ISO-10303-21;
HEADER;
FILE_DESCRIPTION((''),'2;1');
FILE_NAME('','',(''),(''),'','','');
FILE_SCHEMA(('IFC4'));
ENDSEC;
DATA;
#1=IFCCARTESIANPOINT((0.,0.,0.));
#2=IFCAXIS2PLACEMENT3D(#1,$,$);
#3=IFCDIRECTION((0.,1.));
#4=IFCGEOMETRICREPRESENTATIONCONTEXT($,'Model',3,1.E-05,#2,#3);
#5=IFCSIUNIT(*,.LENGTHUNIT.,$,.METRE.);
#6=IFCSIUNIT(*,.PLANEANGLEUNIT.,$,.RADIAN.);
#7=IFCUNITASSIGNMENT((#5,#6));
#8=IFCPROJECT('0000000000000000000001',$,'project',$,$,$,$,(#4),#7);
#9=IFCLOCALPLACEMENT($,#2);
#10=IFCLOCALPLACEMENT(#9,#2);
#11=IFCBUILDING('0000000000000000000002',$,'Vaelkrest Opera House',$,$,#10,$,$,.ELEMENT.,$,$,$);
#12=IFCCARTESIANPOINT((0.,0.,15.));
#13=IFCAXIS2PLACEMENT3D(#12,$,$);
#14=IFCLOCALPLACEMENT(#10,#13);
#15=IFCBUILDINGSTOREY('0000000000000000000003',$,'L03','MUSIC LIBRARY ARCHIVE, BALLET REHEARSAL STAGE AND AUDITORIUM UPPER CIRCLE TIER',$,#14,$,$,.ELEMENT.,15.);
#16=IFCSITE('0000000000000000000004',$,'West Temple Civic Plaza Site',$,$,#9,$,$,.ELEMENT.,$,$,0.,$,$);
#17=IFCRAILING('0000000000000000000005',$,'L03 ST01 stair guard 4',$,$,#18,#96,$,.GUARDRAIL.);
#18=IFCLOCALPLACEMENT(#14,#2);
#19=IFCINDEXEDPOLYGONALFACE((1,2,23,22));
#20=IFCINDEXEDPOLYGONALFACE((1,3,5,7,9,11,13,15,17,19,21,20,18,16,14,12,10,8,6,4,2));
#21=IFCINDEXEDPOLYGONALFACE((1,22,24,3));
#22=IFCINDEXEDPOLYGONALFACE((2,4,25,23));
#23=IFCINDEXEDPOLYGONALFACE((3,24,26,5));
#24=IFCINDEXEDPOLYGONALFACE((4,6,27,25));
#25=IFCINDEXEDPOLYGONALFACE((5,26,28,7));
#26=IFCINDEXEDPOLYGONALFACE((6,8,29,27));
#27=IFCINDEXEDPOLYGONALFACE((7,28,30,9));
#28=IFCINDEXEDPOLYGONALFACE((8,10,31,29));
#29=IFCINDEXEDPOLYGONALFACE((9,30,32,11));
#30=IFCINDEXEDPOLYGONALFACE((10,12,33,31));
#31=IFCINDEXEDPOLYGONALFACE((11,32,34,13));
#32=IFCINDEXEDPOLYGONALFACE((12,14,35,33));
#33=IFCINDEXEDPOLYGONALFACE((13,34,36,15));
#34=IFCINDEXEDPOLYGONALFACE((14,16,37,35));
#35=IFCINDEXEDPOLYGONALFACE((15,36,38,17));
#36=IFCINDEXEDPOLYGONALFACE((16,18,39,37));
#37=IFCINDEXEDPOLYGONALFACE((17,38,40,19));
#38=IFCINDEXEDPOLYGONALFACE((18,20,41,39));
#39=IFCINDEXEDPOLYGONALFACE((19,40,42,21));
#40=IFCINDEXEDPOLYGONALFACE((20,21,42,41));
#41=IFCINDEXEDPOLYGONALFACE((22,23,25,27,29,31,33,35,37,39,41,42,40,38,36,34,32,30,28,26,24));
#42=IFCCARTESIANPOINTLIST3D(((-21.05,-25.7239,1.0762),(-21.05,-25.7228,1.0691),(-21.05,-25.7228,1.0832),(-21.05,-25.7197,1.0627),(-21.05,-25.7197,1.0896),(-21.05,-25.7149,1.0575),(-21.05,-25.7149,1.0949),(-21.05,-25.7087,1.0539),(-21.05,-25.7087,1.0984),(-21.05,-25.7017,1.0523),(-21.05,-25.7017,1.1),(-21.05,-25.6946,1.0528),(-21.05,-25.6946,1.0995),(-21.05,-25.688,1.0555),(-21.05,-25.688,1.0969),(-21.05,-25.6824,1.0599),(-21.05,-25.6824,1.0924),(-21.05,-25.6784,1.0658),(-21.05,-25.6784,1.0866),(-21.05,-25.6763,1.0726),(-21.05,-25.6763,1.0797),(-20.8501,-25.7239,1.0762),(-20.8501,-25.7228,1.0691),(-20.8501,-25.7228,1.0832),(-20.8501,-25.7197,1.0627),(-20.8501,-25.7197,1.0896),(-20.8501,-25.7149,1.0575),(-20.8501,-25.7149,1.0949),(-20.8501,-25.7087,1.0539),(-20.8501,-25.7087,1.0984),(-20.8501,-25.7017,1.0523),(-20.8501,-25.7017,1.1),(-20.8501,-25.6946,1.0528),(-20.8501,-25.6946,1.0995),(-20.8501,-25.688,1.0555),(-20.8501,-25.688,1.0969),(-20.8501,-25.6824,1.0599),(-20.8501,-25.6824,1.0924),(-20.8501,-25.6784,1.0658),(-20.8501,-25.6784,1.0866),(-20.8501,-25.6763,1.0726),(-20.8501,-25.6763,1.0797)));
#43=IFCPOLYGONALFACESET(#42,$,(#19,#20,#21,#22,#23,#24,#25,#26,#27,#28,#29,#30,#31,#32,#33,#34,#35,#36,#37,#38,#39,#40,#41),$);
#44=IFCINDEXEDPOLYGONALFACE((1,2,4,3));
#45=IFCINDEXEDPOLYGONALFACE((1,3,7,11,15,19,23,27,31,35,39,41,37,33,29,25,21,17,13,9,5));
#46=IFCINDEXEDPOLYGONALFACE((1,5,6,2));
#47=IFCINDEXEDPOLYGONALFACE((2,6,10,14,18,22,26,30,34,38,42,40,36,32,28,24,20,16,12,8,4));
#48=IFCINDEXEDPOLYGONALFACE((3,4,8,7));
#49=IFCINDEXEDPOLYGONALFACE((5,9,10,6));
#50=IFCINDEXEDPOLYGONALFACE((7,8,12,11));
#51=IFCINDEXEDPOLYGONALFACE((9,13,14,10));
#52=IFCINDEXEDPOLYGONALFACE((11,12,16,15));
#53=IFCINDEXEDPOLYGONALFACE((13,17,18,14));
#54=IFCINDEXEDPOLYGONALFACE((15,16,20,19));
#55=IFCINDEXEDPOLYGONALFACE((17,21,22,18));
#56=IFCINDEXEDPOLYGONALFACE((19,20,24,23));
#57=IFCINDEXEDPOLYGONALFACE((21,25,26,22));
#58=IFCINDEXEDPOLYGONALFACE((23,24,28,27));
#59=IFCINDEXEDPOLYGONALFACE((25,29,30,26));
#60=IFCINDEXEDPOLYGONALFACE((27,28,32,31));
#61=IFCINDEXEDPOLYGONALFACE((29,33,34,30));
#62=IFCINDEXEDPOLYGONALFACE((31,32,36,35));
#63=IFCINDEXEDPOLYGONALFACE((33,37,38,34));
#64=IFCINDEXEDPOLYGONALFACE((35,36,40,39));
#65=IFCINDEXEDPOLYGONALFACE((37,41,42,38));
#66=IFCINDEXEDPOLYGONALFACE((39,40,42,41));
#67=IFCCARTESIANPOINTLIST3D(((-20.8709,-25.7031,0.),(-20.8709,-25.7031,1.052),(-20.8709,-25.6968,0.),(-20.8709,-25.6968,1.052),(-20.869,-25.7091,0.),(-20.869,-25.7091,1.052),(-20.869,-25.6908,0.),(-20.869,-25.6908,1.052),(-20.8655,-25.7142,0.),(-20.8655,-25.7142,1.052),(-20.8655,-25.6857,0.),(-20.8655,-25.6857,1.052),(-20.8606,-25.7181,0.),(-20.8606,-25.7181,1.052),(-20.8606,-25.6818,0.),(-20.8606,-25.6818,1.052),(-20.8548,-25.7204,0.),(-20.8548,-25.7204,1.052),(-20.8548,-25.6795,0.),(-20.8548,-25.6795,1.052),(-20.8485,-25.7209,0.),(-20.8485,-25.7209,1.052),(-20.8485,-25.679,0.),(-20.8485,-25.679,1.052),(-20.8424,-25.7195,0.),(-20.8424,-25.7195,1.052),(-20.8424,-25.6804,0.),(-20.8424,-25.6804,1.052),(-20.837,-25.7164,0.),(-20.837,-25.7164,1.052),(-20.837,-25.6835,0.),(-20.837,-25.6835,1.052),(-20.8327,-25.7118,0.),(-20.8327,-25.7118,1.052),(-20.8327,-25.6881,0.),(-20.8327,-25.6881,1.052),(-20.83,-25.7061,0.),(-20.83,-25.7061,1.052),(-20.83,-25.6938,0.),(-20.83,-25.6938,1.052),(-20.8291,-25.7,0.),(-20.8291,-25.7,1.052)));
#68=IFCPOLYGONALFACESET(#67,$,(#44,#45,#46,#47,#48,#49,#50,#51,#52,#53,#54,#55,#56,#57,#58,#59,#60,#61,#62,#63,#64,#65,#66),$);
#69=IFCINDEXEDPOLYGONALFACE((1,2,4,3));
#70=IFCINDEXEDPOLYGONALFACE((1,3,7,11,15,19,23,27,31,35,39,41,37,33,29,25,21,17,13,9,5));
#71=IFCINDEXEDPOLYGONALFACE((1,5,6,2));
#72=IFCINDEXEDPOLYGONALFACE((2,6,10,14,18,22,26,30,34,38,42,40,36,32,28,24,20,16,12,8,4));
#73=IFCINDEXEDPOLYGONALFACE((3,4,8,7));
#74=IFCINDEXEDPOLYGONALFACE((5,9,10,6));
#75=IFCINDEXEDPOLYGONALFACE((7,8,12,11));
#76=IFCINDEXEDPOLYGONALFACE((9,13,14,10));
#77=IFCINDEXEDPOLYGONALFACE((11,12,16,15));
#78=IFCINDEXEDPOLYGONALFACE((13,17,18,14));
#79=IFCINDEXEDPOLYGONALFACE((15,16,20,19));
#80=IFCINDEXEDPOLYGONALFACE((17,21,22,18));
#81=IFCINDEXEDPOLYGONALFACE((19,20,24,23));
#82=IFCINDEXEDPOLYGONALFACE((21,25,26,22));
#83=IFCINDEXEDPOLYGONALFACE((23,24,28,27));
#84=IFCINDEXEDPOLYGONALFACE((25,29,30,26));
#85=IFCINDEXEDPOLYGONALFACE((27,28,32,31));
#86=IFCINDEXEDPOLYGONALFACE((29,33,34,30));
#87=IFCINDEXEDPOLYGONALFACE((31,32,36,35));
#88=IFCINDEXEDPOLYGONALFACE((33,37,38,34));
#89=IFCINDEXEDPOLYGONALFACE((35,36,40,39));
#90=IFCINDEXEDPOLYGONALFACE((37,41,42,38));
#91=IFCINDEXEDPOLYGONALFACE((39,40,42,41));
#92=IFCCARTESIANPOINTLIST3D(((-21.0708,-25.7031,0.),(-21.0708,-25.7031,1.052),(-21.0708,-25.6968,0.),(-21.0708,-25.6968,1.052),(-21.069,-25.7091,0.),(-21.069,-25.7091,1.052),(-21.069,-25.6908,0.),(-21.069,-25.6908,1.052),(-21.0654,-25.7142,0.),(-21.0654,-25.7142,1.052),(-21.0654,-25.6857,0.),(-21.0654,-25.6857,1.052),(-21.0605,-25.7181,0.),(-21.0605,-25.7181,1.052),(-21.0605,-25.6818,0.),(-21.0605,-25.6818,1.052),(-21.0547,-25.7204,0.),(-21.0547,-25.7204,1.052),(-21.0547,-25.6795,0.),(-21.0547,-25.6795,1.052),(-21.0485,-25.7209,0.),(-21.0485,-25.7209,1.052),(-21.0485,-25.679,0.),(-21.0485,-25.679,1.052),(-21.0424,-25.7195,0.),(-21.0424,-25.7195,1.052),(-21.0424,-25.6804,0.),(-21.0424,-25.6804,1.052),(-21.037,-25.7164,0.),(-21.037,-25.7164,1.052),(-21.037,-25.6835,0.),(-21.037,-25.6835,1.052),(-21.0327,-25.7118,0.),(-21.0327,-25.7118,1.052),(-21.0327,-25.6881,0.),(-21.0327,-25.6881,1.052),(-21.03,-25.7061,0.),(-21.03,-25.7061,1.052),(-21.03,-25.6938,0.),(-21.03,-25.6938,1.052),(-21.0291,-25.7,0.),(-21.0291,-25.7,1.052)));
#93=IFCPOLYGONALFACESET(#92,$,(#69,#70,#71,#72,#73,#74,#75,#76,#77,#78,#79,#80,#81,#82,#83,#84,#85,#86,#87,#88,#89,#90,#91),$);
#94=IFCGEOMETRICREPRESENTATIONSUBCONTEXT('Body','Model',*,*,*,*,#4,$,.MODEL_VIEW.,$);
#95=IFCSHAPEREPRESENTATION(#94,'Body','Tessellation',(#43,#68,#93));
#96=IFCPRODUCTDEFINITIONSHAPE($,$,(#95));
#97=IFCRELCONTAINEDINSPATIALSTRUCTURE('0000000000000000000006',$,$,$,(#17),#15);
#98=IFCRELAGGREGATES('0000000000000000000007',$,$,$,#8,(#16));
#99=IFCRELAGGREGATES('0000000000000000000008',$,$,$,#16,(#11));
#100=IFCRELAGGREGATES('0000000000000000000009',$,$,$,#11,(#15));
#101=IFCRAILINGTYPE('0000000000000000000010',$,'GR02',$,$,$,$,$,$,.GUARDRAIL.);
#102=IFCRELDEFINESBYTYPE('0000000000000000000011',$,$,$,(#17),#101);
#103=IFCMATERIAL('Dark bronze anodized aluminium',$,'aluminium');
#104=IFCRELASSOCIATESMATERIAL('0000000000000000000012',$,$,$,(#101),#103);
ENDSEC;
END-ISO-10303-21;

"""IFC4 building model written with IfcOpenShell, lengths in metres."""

from ifc_helpers import new_model, si_unit, direction, frame, origin, origin_2d, place, context, subcontext, project, spatial, circle, extrude, material, type_object, element, save


model = new_model("IFC4")

# Units and contexts
model_context = context("Model", 3, precision=1e-05, world=origin(), true_north=direction((0.0, 1.0)))
body_context = subcontext(model_context, "Body", "Model", "MODEL_VIEW")
ifc_project = project(units=[si_unit("LENGTHUNIT", "METRE"), si_unit("PLANEANGLEUNIT", "RADIAN")], contexts=[model_context])

# Site, building, storey
site_placement = place(None, origin())
site = spatial("IfcSite", under=ifc_project, at=site_placement, Name="West Temple Civic Plaza Site", CompositionType="ELEMENT", RefElevation=0.0)
building_placement = place(site_placement, origin())
building = spatial("IfcBuilding", under=site, at=building_placement, Name="Vaelkrest Opera House", CompositionType="ELEMENT")
storey_placement = place(building_placement, frame((0.0, 0.0, 15.0)))
storey = spatial("IfcBuildingStorey", under=building, at=storey_placement, Name="L03", Description="MUSIC LIBRARY ARCHIVE, BALLET REHEARSAL STAGE AND AUDITORIUM UPPER CIRCLE TIER", CompositionType="ELEMENT", Elevation=15.0)

# Shared definitions
ifc_material_1 = material(Name="Dark bronze anodized aluminium", Category="aluminium")

# Railing
railing_type_1 = type_object("IfcRailingType", Name="GR02", PredefinedType="GUARDRAIL", material=ifc_material_1)
railing_1_placement = place(storey_placement, frame((-20.8501, -25.7, 0.0)))
element("IfcRailing", 1, at=railing_1_placement, inside=storey, type_object=railing_type_1, Name="L03 ST01 stair guard 4", PredefinedType="GUARDRAIL", context=body_context, shape_type="SweptSolid", body=[
    extrude(circle(Radius=0.0239, at=origin_2d()), frame((0.0, 0.0, 1.0762), z_axis=(-1.0, 0.0, 0.0), x_axis=(0.0, -1.0, 0.0)), (0.0, 0.0, 1.0), 0.2),
    extrude(circle(Radius=0.021, at=origin_2d()), origin(), (0.0, 0.0, 1.0), 1.052),
    extrude(circle(Radius=0.021, at=origin_2d()), frame((-0.2, 0.0, 0.0)), (0.0, 0.0, 1.0), 1.052),
])

save(model, "model.ifc")
